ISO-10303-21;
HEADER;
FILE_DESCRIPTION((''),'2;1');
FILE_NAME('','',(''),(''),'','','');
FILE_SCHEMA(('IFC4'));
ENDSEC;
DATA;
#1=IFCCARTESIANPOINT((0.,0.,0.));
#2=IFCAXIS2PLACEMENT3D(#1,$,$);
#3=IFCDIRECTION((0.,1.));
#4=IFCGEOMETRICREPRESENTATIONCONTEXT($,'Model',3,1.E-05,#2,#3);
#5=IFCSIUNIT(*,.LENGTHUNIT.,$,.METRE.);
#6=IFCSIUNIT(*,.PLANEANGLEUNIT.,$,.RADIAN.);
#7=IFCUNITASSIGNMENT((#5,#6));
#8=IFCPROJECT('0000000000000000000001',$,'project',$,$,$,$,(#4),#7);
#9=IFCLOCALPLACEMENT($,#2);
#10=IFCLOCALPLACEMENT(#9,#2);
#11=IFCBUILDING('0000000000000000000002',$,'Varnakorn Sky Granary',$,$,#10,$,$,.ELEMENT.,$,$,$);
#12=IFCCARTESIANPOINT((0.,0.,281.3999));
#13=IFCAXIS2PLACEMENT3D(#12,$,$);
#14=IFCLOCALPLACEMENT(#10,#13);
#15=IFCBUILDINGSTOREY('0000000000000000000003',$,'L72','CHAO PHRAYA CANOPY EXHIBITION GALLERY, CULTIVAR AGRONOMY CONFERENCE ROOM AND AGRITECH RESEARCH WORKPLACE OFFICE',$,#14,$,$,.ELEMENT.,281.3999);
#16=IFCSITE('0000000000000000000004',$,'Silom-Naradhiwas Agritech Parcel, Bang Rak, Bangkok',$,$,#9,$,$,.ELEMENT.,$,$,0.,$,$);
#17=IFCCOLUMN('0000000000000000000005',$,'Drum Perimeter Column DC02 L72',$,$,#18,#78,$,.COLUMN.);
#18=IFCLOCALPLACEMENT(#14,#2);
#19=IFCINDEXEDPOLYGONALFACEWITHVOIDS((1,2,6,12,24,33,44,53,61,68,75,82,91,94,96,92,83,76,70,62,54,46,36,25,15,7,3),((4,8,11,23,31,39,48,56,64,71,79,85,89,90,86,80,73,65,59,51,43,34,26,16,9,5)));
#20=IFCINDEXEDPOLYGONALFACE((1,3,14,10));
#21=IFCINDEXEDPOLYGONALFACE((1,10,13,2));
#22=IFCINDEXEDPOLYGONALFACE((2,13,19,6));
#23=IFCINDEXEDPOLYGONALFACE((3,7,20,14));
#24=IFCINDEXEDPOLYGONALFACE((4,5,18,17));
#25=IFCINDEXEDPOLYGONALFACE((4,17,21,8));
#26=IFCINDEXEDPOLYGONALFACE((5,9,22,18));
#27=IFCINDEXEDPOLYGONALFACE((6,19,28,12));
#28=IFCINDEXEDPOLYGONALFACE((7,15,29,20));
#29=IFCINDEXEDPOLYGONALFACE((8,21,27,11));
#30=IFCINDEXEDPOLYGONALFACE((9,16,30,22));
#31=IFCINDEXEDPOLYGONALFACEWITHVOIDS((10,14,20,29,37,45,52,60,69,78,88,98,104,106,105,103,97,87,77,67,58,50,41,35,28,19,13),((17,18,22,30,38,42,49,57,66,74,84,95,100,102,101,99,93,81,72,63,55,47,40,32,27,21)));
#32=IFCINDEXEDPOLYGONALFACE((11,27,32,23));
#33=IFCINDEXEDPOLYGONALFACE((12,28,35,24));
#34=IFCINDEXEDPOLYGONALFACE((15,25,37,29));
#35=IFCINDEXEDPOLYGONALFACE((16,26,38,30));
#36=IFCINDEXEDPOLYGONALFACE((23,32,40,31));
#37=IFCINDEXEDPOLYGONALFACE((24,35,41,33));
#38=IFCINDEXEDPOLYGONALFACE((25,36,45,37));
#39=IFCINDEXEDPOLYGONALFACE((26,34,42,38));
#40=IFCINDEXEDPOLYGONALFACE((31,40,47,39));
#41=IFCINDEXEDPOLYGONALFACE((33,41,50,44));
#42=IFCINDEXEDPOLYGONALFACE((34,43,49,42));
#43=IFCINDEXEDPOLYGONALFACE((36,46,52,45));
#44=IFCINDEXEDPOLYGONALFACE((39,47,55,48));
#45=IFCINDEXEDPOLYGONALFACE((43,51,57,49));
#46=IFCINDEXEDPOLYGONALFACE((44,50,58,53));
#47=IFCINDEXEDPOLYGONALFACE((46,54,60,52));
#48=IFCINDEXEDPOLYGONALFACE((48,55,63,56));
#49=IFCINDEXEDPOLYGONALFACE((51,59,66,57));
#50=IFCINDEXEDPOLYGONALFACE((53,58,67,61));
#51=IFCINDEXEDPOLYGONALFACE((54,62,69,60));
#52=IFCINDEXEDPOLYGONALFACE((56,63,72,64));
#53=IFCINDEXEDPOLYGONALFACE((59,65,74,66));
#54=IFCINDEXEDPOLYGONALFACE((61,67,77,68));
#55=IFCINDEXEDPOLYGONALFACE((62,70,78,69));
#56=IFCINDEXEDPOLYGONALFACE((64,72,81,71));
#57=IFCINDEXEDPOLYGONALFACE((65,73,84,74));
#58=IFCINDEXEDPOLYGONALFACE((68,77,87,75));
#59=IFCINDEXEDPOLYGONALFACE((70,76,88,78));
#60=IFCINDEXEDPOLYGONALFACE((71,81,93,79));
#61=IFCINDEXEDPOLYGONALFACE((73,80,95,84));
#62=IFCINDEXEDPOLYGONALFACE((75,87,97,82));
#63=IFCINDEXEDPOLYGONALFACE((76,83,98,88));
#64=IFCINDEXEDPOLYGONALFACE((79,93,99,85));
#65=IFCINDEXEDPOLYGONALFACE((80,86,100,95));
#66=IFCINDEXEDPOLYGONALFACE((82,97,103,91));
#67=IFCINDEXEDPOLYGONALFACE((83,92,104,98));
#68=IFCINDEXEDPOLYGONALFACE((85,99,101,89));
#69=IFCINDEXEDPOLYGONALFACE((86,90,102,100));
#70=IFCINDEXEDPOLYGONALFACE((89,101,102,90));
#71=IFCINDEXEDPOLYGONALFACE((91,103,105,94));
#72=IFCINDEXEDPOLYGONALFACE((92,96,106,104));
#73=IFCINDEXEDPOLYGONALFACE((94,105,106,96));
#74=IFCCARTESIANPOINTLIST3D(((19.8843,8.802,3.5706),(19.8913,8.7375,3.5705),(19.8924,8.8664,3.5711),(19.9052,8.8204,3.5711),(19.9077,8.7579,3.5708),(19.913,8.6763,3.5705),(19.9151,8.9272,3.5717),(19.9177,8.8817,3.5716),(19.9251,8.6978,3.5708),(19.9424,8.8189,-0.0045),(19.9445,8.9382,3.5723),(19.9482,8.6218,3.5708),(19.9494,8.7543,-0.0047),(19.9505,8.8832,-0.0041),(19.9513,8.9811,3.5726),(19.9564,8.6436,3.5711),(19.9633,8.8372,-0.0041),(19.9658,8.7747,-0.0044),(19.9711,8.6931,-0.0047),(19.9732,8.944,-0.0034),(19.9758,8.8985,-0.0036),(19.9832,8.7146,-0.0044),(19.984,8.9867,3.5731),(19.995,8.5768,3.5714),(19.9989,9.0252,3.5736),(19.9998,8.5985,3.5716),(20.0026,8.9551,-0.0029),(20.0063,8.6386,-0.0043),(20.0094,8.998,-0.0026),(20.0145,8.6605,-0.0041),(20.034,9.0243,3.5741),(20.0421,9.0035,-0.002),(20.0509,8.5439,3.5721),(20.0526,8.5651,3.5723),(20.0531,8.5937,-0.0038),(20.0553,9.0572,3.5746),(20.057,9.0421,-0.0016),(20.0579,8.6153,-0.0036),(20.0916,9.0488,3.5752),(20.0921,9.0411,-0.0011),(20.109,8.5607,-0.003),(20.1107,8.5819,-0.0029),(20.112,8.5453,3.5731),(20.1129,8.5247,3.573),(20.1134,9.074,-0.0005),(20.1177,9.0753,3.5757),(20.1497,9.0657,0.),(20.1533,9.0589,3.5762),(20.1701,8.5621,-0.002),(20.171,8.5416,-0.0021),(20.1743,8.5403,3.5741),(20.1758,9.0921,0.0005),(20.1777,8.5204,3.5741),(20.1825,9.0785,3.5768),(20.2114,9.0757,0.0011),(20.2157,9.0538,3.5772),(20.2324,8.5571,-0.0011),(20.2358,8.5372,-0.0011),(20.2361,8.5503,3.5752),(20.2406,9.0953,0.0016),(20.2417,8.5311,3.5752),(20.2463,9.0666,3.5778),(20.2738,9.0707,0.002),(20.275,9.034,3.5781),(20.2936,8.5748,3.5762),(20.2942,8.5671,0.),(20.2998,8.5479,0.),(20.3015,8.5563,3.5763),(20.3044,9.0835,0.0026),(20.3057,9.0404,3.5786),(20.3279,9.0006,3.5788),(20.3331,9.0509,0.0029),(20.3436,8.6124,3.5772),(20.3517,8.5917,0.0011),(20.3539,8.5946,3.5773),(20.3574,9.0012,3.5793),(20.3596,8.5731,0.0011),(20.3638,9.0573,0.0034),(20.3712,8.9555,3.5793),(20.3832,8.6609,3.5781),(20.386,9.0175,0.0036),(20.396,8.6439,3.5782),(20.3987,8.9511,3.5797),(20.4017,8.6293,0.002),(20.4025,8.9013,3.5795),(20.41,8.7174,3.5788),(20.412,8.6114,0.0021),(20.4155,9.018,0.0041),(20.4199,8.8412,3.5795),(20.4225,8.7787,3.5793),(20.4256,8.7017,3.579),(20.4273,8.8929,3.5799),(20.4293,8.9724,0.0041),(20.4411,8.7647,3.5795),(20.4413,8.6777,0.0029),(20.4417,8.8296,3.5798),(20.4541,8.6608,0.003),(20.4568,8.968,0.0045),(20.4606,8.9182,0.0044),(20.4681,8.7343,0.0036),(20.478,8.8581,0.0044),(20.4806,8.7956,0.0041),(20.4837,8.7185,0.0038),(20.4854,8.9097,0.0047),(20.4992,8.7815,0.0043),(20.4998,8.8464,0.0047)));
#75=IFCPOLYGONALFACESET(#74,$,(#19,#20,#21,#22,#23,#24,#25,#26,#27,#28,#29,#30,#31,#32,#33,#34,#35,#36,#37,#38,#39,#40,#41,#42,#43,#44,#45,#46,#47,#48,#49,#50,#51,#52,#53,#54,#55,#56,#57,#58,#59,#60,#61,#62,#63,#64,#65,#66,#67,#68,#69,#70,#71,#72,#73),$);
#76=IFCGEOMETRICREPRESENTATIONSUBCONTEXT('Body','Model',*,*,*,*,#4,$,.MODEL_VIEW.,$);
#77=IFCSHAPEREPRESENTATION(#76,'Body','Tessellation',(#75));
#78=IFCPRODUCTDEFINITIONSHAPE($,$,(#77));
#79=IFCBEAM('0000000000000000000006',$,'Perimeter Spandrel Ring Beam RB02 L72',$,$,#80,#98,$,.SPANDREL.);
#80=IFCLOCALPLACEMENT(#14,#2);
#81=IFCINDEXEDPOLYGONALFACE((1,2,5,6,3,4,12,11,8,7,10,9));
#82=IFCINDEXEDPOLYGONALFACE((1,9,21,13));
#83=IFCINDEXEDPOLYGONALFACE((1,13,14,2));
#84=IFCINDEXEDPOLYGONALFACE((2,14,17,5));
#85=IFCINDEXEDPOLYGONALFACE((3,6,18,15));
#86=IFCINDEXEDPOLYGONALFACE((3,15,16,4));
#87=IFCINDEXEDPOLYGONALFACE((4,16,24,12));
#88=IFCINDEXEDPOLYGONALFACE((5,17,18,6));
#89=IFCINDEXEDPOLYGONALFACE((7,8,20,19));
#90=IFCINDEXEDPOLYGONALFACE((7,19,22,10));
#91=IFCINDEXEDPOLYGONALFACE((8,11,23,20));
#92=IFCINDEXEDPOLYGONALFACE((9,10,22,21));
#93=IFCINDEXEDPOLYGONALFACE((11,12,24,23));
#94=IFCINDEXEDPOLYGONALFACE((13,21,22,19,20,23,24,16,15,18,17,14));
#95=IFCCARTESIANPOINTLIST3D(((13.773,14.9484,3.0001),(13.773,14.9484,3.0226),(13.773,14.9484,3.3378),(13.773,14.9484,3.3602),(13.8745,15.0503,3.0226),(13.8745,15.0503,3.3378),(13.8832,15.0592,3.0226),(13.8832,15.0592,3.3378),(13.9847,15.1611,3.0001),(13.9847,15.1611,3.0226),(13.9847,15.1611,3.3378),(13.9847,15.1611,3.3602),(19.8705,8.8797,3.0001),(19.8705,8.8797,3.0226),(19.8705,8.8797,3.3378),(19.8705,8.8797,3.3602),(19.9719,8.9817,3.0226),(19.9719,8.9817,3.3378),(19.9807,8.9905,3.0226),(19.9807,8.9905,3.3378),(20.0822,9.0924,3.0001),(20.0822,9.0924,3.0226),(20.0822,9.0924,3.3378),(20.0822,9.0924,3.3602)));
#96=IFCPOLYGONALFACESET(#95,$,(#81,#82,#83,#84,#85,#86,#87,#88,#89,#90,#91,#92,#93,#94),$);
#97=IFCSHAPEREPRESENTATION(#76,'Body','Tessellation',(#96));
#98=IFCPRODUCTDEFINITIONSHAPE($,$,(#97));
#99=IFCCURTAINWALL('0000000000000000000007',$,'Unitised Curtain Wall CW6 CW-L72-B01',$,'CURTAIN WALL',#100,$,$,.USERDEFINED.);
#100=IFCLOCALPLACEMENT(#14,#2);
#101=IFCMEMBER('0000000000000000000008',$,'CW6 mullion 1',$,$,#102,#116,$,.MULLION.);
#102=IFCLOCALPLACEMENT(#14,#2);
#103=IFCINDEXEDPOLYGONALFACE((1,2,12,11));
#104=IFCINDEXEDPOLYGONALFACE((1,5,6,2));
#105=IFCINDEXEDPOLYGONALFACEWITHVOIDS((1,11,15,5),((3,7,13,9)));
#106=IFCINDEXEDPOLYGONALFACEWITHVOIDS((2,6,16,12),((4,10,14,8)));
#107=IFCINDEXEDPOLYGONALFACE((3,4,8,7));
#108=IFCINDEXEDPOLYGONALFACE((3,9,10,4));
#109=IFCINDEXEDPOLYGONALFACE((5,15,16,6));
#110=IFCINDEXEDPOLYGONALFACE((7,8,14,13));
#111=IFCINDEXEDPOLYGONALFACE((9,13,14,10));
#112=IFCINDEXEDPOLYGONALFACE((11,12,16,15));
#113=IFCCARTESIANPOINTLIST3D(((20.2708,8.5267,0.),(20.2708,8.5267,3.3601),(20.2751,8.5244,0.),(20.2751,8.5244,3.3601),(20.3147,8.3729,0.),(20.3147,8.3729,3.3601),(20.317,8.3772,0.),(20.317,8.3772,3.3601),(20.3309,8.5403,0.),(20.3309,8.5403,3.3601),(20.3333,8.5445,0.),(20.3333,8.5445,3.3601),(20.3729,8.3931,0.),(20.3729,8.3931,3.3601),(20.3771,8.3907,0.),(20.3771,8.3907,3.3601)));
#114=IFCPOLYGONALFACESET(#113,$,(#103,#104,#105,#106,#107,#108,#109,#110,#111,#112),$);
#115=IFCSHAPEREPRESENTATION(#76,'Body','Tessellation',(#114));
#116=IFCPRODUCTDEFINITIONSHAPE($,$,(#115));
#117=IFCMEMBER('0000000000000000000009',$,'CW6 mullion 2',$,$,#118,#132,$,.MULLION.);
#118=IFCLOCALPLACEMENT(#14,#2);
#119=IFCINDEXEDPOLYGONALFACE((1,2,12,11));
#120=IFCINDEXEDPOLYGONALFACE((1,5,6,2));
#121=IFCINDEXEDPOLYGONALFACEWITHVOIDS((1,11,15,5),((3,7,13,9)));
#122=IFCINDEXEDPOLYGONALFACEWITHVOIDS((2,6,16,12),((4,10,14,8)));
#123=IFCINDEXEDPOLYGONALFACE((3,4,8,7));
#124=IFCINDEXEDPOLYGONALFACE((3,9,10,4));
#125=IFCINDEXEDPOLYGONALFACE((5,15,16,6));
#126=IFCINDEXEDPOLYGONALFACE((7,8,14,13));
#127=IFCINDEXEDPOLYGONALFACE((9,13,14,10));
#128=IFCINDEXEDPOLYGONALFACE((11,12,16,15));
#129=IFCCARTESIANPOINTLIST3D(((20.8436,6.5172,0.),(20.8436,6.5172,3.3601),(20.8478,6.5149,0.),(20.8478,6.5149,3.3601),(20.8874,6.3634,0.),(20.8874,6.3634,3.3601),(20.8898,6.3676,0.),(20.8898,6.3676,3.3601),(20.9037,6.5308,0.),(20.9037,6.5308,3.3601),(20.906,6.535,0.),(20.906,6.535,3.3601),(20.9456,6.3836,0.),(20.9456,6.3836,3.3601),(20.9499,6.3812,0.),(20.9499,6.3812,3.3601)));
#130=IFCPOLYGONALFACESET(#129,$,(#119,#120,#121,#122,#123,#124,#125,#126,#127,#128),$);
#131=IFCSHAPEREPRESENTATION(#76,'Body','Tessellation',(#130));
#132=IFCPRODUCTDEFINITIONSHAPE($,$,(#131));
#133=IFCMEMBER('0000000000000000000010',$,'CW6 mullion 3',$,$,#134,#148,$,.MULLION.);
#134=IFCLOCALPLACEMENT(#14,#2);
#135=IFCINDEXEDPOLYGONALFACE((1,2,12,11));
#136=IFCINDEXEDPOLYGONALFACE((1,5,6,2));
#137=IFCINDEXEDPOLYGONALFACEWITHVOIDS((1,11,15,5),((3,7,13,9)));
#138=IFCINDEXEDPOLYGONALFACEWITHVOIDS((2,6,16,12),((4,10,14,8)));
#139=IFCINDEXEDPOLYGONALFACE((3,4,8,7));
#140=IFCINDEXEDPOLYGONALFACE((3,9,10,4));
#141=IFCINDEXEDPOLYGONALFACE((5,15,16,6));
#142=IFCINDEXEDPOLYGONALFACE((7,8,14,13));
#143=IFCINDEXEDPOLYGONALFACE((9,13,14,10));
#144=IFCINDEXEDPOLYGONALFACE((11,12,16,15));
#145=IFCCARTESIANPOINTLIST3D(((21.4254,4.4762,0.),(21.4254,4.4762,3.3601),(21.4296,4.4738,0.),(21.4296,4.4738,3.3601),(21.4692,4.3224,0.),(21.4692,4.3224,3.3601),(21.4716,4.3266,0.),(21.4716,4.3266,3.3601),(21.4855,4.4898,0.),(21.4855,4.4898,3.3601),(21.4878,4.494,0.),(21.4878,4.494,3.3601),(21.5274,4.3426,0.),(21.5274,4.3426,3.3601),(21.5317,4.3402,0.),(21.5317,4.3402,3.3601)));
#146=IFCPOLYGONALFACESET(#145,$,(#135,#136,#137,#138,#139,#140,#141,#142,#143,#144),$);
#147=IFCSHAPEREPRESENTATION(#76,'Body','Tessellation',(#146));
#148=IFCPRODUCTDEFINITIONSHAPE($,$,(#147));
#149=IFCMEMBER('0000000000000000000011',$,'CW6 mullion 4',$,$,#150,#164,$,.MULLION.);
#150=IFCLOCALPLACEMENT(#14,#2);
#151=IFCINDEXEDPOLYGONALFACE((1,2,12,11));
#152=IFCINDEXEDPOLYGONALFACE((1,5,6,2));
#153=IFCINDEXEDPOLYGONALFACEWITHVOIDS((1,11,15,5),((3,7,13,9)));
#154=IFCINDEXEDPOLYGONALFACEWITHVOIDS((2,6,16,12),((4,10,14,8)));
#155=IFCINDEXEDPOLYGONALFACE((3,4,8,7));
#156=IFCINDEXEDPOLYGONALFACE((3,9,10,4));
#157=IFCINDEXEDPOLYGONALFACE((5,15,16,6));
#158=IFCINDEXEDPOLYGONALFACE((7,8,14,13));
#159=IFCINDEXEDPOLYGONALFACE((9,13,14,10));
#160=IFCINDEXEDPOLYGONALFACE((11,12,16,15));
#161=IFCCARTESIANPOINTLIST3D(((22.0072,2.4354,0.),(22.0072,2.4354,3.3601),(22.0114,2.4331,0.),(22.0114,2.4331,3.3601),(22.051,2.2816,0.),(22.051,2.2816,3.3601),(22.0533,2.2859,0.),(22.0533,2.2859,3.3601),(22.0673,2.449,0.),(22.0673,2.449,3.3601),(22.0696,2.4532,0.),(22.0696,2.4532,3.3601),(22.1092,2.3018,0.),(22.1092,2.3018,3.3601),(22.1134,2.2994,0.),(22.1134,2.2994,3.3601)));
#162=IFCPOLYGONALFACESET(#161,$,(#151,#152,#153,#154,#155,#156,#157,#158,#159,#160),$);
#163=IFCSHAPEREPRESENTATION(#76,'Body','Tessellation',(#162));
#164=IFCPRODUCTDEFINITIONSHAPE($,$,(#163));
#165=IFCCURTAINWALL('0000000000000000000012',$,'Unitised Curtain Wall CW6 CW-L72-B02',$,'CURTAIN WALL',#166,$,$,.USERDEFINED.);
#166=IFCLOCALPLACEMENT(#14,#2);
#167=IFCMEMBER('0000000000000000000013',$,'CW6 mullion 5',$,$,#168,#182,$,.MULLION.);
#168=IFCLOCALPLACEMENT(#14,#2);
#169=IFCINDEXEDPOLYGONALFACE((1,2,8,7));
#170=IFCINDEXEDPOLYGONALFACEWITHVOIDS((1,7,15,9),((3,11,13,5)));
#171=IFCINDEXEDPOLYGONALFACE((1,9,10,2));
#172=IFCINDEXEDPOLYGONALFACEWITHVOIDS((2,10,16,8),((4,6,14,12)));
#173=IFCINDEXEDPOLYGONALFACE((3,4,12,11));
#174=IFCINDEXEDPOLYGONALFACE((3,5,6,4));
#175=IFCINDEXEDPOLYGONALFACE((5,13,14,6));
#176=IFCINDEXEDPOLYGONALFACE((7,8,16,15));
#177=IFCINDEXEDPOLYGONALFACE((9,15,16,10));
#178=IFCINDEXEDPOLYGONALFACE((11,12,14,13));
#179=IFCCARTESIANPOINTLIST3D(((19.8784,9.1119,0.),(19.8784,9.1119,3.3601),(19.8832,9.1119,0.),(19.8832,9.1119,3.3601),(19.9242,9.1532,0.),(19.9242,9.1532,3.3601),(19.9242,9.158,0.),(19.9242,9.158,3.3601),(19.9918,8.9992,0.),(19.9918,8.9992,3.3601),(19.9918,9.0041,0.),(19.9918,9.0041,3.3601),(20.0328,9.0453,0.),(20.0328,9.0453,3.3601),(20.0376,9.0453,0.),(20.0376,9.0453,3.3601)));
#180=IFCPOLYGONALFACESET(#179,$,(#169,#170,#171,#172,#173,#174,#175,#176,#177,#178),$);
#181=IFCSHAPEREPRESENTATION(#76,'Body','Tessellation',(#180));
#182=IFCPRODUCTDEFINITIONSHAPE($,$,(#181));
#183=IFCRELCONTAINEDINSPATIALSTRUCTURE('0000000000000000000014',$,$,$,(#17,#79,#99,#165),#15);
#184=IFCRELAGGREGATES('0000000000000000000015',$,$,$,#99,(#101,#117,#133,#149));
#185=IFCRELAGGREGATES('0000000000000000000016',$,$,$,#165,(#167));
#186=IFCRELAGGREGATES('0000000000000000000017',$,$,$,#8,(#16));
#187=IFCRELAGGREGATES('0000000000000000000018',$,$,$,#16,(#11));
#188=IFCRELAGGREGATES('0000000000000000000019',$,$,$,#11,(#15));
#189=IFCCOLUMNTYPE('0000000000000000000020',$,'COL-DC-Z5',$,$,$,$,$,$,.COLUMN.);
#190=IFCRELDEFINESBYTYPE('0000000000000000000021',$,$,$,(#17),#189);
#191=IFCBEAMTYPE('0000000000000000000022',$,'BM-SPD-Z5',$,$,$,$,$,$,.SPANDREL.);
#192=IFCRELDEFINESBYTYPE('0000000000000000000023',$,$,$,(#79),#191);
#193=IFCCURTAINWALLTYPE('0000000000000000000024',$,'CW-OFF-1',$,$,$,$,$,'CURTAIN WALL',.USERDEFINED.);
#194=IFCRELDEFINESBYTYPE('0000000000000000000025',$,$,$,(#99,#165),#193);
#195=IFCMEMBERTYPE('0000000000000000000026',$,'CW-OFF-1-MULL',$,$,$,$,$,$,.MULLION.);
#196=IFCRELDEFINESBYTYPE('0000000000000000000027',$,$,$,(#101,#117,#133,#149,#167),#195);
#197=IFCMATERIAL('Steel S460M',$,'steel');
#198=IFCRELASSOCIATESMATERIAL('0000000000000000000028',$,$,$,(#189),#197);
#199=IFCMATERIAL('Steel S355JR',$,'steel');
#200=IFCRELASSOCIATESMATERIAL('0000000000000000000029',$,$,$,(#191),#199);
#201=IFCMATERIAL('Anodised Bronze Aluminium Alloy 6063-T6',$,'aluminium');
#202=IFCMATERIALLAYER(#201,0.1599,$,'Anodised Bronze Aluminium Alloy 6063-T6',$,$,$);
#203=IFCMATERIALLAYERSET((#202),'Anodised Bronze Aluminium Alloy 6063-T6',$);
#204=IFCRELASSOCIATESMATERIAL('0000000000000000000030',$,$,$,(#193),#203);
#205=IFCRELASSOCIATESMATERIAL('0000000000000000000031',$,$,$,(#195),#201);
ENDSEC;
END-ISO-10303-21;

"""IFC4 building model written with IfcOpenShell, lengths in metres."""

from ifc_helpers import new_model, si_unit, direction, frame, origin, origin_2d, place, context, subcontext, project, spatial, hollow_rectangle, hollow_circle, i_section, extrude, material, layer, layer_set, material_profile, profile_set, type_object, element, aggregate, save


model = new_model("IFC4")

# Units and contexts
model_context = context("Model", 3, precision=1e-05, world=origin(), true_north=direction((0.0, 1.0)))
body_context = subcontext(model_context, "Body", "Model", "MODEL_VIEW")
ifc_project = project(units=[si_unit("LENGTHUNIT", "METRE"), si_unit("PLANEANGLEUNIT", "RADIAN")], contexts=[model_context])

# Site, building, storey
site_placement = place(None, origin())
site = spatial("IfcSite", under=ifc_project, at=site_placement, Name="Silom-Naradhiwas Agritech Parcel, Bang Rak, Bangkok", CompositionType="ELEMENT", RefElevation=0.0)
building_placement = place(site_placement, origin())
building = spatial("IfcBuilding", under=site, at=building_placement, Name="Varnakorn Sky Granary", CompositionType="ELEMENT")
storey_placement = place(building_placement, frame((0.0, 0.0, 281.3999)))
storey = spatial("IfcBuildingStorey", under=building, at=storey_placement, Name="L72", Description="CHAO PHRAYA CANOPY EXHIBITION GALLERY, CULTIVAR AGRONOMY CONFERENCE ROOM AND AGRITECH RESEARCH WORKPLACE OFFICE", CompositionType="ELEMENT", Elevation=281.3999)

# Column
ifc_material_1 = material(Name="Steel S460M", Category="steel")
ifc_material_profile_1 = material_profile(ifc_material_1, hollow_circle(Radius=0.2795, WallThickness=0.02, at=origin_2d()), Name="CHS 559x20")
ifc_profile_set_1 = profile_set([ifc_material_profile_1], Name="Steel S460M")
column_type = type_object("IfcColumnType", Name="COL-DC-Z5", PredefinedType="COLUMN", material=ifc_profile_set_1)
column_placement = place(storey_placement, frame((20.2219, 8.8164, 0.0), z_axis=(-0.01625, -0.004711, 0.999857), x_axis=(0.27845, -0.960451, 0.0)))
element("IfcColumn", 1, at=column_placement, inside=storey, type_object=column_type, Name="Drum Perimeter Column DC02 L72", PredefinedType="COLUMN", context=body_context, shape_type="SweptSolid", body=[
    extrude(hollow_circle(Radius=0.2795, WallThickness=0.02, at=origin_2d()), origin(), (0.0, 0.0, 1.0), 3.5757),
])

# Beam
ifc_material_2 = material(Name="Steel S355JR", Category="steel")
ifc_material_profile_2 = material_profile(ifc_material_2, i_section(OverallWidth=0.3, OverallDepth=0.3601, WebThickness=0.0125, FlangeThickness=0.0225, at=origin_2d()), Name="HE 360 B")
ifc_profile_set_2 = profile_set([ifc_material_profile_2], Name="Steel S355JR")
beam_type = type_object("IfcBeamType", Name="BM-SPD-Z5", PredefinedType="SPANDREL", material=ifc_profile_set_2)
beam_placement = place(storey_placement, frame((19.9763, 8.9861, 3.1802), z_axis=(-0.708779, 0.70543, 0.0), x_axis=(-0.70543, -0.708779, 0.0)))
element("IfcBeam", 2, at=beam_placement, inside=storey, type_object=beam_type, Name="Perimeter Spandrel Ring Beam RB02 L72", PredefinedType="SPANDREL", context=body_context, shape_type="SweptSolid", body=[
    extrude(i_section(OverallWidth=0.3, OverallDepth=0.3601, WebThickness=0.0125, FlangeThickness=0.0225, at=origin_2d()), origin(), (0.0, 0.0, 1.0), 8.6028),
])

# Curtain wall, members
ifc_material_3 = material(Name="Anodised Bronze Aluminium Alloy 6063-T6", Category="aluminium")
ifc_layer_1 = layer(ifc_material_3, 0.1599, Name="Anodised Bronze Aluminium Alloy 6063-T6")
ifc_layer_set_1 = layer_set([ifc_layer_1], Name="Anodised Bronze Aluminium Alloy 6063-T6")
curtain_wall_type = type_object("IfcCurtainWallType", Name="CW-OFF-1", ElementType="CURTAIN WALL", PredefinedType="USERDEFINED", material=ifc_layer_set_1)
curtain_wall_1_placement = place(storey_placement, origin())
curtain_wall_1 = element("IfcCurtainWall", 3, at=curtain_wall_1_placement, inside=storey, type_object=curtain_wall_type, Name="Unitised Curtain Wall CW6 CW-L72-B01", ObjectType="CURTAIN WALL", PredefinedType="USERDEFINED")
ifc_material_profile_3 = material_profile(ifc_material_3, hollow_rectangle(XDim=0.0649, YDim=0.1599, WallThickness=0.0034, at=origin_2d()), Name="ALU MULL 65x160")
ifc_profile_set_3 = profile_set([ifc_material_profile_3], Name="Anodised Bronze Aluminium Alloy 6063-T6")
member_type_1 = type_object("IfcMemberType", Name="CW-OFF-1-MULL", PredefinedType="MULLION", material=ifc_profile_set_3)
member_1_placement = place(storey_placement, frame((20.324, 8.4587, 0.0), z_axis=(0.0, 0.0, 1.0), x_axis=(0.961699, 0.274108, 0.0)))
member_1 = element("IfcMember", 4, at=member_1_placement, type_object=member_type_1, Name="CW6 mullion 1", PredefinedType="MULLION", context=body_context, shape_type="SweptSolid", body=[
    extrude(hollow_rectangle(XDim=0.0649, YDim=0.1599, WallThickness=0.0034, at=origin_2d()), origin(), (0.0, 0.0, 1.0), 3.3601),
])
member_2_placement = place(storey_placement, frame((20.8967, 6.4492, 0.0), z_axis=(0.0, 0.0, 1.0), x_axis=(0.961699, 0.274108, 0.0)))
member_2 = element("IfcMember", 5, at=member_2_placement, type_object=member_type_1, Name="CW6 mullion 2", PredefinedType="MULLION", context=body_context, shape_type="SweptSolid", body=[
    extrude(hollow_rectangle(XDim=0.0649, YDim=0.1599, WallThickness=0.0034, at=origin_2d()), origin(), (0.0, 0.0, 1.0), 3.3601),
])
member_3_placement = place(storey_placement, frame((21.4785, 4.4082, 0.0), z_axis=(0.0, 0.0, 1.0), x_axis=(0.961699, 0.274108, 0.0)))
member_3 = element("IfcMember", 6, at=member_3_placement, type_object=member_type_1, Name="CW6 mullion 3", PredefinedType="MULLION", context=body_context, shape_type="SweptSolid", body=[
    extrude(hollow_rectangle(XDim=0.0649, YDim=0.1599, WallThickness=0.0034, at=origin_2d()), origin(), (0.0, 0.0, 1.0), 3.3601),
])
member_4_placement = place(storey_placement, frame((22.0603, 2.3674, 0.0), z_axis=(0.0, 0.0, 1.0), x_axis=(0.961699, 0.274108, 0.0)))
member_4 = element("IfcMember", 7, at=member_4_placement, type_object=member_type_1, Name="CW6 mullion 4", PredefinedType="MULLION", context=body_context, shape_type="SweptSolid", body=[
    extrude(hollow_rectangle(XDim=0.0649, YDim=0.1599, WallThickness=0.0034, at=origin_2d()), origin(), (0.0, 0.0, 1.0), 3.3601),
])

# Curtain wall, member
curtain_wall_2_placement = place(storey_placement, origin())
curtain_wall_2 = element("IfcCurtainWall", 8, at=curtain_wall_2_placement, inside=storey, type_object=curtain_wall_type, Name="Unitised Curtain Wall CW6 CW-L72-B02", ObjectType="CURTAIN WALL", PredefinedType="USERDEFINED")
member_5_placement = place(storey_placement, frame((19.958, 9.0786, 0.0), z_axis=(0.0, 0.0, 1.0), x_axis=(0.704762, 0.709444, 0.0)))
member_5 = element("IfcMember", 9, at=member_5_placement, type_object=member_type_1, Name="CW6 mullion 5", PredefinedType="MULLION", context=body_context, shape_type="SweptSolid", body=[
    extrude(hollow_rectangle(XDim=0.0649, YDim=0.1599, WallThickness=0.0034, at=origin_2d()), origin(), (0.0, 0.0, 1.0), 3.3601),
])

aggregate(curtain_wall_1, [member_1, member_2, member_3, member_4])
aggregate(curtain_wall_2, [member_5])

save(model, "model.ifc")
